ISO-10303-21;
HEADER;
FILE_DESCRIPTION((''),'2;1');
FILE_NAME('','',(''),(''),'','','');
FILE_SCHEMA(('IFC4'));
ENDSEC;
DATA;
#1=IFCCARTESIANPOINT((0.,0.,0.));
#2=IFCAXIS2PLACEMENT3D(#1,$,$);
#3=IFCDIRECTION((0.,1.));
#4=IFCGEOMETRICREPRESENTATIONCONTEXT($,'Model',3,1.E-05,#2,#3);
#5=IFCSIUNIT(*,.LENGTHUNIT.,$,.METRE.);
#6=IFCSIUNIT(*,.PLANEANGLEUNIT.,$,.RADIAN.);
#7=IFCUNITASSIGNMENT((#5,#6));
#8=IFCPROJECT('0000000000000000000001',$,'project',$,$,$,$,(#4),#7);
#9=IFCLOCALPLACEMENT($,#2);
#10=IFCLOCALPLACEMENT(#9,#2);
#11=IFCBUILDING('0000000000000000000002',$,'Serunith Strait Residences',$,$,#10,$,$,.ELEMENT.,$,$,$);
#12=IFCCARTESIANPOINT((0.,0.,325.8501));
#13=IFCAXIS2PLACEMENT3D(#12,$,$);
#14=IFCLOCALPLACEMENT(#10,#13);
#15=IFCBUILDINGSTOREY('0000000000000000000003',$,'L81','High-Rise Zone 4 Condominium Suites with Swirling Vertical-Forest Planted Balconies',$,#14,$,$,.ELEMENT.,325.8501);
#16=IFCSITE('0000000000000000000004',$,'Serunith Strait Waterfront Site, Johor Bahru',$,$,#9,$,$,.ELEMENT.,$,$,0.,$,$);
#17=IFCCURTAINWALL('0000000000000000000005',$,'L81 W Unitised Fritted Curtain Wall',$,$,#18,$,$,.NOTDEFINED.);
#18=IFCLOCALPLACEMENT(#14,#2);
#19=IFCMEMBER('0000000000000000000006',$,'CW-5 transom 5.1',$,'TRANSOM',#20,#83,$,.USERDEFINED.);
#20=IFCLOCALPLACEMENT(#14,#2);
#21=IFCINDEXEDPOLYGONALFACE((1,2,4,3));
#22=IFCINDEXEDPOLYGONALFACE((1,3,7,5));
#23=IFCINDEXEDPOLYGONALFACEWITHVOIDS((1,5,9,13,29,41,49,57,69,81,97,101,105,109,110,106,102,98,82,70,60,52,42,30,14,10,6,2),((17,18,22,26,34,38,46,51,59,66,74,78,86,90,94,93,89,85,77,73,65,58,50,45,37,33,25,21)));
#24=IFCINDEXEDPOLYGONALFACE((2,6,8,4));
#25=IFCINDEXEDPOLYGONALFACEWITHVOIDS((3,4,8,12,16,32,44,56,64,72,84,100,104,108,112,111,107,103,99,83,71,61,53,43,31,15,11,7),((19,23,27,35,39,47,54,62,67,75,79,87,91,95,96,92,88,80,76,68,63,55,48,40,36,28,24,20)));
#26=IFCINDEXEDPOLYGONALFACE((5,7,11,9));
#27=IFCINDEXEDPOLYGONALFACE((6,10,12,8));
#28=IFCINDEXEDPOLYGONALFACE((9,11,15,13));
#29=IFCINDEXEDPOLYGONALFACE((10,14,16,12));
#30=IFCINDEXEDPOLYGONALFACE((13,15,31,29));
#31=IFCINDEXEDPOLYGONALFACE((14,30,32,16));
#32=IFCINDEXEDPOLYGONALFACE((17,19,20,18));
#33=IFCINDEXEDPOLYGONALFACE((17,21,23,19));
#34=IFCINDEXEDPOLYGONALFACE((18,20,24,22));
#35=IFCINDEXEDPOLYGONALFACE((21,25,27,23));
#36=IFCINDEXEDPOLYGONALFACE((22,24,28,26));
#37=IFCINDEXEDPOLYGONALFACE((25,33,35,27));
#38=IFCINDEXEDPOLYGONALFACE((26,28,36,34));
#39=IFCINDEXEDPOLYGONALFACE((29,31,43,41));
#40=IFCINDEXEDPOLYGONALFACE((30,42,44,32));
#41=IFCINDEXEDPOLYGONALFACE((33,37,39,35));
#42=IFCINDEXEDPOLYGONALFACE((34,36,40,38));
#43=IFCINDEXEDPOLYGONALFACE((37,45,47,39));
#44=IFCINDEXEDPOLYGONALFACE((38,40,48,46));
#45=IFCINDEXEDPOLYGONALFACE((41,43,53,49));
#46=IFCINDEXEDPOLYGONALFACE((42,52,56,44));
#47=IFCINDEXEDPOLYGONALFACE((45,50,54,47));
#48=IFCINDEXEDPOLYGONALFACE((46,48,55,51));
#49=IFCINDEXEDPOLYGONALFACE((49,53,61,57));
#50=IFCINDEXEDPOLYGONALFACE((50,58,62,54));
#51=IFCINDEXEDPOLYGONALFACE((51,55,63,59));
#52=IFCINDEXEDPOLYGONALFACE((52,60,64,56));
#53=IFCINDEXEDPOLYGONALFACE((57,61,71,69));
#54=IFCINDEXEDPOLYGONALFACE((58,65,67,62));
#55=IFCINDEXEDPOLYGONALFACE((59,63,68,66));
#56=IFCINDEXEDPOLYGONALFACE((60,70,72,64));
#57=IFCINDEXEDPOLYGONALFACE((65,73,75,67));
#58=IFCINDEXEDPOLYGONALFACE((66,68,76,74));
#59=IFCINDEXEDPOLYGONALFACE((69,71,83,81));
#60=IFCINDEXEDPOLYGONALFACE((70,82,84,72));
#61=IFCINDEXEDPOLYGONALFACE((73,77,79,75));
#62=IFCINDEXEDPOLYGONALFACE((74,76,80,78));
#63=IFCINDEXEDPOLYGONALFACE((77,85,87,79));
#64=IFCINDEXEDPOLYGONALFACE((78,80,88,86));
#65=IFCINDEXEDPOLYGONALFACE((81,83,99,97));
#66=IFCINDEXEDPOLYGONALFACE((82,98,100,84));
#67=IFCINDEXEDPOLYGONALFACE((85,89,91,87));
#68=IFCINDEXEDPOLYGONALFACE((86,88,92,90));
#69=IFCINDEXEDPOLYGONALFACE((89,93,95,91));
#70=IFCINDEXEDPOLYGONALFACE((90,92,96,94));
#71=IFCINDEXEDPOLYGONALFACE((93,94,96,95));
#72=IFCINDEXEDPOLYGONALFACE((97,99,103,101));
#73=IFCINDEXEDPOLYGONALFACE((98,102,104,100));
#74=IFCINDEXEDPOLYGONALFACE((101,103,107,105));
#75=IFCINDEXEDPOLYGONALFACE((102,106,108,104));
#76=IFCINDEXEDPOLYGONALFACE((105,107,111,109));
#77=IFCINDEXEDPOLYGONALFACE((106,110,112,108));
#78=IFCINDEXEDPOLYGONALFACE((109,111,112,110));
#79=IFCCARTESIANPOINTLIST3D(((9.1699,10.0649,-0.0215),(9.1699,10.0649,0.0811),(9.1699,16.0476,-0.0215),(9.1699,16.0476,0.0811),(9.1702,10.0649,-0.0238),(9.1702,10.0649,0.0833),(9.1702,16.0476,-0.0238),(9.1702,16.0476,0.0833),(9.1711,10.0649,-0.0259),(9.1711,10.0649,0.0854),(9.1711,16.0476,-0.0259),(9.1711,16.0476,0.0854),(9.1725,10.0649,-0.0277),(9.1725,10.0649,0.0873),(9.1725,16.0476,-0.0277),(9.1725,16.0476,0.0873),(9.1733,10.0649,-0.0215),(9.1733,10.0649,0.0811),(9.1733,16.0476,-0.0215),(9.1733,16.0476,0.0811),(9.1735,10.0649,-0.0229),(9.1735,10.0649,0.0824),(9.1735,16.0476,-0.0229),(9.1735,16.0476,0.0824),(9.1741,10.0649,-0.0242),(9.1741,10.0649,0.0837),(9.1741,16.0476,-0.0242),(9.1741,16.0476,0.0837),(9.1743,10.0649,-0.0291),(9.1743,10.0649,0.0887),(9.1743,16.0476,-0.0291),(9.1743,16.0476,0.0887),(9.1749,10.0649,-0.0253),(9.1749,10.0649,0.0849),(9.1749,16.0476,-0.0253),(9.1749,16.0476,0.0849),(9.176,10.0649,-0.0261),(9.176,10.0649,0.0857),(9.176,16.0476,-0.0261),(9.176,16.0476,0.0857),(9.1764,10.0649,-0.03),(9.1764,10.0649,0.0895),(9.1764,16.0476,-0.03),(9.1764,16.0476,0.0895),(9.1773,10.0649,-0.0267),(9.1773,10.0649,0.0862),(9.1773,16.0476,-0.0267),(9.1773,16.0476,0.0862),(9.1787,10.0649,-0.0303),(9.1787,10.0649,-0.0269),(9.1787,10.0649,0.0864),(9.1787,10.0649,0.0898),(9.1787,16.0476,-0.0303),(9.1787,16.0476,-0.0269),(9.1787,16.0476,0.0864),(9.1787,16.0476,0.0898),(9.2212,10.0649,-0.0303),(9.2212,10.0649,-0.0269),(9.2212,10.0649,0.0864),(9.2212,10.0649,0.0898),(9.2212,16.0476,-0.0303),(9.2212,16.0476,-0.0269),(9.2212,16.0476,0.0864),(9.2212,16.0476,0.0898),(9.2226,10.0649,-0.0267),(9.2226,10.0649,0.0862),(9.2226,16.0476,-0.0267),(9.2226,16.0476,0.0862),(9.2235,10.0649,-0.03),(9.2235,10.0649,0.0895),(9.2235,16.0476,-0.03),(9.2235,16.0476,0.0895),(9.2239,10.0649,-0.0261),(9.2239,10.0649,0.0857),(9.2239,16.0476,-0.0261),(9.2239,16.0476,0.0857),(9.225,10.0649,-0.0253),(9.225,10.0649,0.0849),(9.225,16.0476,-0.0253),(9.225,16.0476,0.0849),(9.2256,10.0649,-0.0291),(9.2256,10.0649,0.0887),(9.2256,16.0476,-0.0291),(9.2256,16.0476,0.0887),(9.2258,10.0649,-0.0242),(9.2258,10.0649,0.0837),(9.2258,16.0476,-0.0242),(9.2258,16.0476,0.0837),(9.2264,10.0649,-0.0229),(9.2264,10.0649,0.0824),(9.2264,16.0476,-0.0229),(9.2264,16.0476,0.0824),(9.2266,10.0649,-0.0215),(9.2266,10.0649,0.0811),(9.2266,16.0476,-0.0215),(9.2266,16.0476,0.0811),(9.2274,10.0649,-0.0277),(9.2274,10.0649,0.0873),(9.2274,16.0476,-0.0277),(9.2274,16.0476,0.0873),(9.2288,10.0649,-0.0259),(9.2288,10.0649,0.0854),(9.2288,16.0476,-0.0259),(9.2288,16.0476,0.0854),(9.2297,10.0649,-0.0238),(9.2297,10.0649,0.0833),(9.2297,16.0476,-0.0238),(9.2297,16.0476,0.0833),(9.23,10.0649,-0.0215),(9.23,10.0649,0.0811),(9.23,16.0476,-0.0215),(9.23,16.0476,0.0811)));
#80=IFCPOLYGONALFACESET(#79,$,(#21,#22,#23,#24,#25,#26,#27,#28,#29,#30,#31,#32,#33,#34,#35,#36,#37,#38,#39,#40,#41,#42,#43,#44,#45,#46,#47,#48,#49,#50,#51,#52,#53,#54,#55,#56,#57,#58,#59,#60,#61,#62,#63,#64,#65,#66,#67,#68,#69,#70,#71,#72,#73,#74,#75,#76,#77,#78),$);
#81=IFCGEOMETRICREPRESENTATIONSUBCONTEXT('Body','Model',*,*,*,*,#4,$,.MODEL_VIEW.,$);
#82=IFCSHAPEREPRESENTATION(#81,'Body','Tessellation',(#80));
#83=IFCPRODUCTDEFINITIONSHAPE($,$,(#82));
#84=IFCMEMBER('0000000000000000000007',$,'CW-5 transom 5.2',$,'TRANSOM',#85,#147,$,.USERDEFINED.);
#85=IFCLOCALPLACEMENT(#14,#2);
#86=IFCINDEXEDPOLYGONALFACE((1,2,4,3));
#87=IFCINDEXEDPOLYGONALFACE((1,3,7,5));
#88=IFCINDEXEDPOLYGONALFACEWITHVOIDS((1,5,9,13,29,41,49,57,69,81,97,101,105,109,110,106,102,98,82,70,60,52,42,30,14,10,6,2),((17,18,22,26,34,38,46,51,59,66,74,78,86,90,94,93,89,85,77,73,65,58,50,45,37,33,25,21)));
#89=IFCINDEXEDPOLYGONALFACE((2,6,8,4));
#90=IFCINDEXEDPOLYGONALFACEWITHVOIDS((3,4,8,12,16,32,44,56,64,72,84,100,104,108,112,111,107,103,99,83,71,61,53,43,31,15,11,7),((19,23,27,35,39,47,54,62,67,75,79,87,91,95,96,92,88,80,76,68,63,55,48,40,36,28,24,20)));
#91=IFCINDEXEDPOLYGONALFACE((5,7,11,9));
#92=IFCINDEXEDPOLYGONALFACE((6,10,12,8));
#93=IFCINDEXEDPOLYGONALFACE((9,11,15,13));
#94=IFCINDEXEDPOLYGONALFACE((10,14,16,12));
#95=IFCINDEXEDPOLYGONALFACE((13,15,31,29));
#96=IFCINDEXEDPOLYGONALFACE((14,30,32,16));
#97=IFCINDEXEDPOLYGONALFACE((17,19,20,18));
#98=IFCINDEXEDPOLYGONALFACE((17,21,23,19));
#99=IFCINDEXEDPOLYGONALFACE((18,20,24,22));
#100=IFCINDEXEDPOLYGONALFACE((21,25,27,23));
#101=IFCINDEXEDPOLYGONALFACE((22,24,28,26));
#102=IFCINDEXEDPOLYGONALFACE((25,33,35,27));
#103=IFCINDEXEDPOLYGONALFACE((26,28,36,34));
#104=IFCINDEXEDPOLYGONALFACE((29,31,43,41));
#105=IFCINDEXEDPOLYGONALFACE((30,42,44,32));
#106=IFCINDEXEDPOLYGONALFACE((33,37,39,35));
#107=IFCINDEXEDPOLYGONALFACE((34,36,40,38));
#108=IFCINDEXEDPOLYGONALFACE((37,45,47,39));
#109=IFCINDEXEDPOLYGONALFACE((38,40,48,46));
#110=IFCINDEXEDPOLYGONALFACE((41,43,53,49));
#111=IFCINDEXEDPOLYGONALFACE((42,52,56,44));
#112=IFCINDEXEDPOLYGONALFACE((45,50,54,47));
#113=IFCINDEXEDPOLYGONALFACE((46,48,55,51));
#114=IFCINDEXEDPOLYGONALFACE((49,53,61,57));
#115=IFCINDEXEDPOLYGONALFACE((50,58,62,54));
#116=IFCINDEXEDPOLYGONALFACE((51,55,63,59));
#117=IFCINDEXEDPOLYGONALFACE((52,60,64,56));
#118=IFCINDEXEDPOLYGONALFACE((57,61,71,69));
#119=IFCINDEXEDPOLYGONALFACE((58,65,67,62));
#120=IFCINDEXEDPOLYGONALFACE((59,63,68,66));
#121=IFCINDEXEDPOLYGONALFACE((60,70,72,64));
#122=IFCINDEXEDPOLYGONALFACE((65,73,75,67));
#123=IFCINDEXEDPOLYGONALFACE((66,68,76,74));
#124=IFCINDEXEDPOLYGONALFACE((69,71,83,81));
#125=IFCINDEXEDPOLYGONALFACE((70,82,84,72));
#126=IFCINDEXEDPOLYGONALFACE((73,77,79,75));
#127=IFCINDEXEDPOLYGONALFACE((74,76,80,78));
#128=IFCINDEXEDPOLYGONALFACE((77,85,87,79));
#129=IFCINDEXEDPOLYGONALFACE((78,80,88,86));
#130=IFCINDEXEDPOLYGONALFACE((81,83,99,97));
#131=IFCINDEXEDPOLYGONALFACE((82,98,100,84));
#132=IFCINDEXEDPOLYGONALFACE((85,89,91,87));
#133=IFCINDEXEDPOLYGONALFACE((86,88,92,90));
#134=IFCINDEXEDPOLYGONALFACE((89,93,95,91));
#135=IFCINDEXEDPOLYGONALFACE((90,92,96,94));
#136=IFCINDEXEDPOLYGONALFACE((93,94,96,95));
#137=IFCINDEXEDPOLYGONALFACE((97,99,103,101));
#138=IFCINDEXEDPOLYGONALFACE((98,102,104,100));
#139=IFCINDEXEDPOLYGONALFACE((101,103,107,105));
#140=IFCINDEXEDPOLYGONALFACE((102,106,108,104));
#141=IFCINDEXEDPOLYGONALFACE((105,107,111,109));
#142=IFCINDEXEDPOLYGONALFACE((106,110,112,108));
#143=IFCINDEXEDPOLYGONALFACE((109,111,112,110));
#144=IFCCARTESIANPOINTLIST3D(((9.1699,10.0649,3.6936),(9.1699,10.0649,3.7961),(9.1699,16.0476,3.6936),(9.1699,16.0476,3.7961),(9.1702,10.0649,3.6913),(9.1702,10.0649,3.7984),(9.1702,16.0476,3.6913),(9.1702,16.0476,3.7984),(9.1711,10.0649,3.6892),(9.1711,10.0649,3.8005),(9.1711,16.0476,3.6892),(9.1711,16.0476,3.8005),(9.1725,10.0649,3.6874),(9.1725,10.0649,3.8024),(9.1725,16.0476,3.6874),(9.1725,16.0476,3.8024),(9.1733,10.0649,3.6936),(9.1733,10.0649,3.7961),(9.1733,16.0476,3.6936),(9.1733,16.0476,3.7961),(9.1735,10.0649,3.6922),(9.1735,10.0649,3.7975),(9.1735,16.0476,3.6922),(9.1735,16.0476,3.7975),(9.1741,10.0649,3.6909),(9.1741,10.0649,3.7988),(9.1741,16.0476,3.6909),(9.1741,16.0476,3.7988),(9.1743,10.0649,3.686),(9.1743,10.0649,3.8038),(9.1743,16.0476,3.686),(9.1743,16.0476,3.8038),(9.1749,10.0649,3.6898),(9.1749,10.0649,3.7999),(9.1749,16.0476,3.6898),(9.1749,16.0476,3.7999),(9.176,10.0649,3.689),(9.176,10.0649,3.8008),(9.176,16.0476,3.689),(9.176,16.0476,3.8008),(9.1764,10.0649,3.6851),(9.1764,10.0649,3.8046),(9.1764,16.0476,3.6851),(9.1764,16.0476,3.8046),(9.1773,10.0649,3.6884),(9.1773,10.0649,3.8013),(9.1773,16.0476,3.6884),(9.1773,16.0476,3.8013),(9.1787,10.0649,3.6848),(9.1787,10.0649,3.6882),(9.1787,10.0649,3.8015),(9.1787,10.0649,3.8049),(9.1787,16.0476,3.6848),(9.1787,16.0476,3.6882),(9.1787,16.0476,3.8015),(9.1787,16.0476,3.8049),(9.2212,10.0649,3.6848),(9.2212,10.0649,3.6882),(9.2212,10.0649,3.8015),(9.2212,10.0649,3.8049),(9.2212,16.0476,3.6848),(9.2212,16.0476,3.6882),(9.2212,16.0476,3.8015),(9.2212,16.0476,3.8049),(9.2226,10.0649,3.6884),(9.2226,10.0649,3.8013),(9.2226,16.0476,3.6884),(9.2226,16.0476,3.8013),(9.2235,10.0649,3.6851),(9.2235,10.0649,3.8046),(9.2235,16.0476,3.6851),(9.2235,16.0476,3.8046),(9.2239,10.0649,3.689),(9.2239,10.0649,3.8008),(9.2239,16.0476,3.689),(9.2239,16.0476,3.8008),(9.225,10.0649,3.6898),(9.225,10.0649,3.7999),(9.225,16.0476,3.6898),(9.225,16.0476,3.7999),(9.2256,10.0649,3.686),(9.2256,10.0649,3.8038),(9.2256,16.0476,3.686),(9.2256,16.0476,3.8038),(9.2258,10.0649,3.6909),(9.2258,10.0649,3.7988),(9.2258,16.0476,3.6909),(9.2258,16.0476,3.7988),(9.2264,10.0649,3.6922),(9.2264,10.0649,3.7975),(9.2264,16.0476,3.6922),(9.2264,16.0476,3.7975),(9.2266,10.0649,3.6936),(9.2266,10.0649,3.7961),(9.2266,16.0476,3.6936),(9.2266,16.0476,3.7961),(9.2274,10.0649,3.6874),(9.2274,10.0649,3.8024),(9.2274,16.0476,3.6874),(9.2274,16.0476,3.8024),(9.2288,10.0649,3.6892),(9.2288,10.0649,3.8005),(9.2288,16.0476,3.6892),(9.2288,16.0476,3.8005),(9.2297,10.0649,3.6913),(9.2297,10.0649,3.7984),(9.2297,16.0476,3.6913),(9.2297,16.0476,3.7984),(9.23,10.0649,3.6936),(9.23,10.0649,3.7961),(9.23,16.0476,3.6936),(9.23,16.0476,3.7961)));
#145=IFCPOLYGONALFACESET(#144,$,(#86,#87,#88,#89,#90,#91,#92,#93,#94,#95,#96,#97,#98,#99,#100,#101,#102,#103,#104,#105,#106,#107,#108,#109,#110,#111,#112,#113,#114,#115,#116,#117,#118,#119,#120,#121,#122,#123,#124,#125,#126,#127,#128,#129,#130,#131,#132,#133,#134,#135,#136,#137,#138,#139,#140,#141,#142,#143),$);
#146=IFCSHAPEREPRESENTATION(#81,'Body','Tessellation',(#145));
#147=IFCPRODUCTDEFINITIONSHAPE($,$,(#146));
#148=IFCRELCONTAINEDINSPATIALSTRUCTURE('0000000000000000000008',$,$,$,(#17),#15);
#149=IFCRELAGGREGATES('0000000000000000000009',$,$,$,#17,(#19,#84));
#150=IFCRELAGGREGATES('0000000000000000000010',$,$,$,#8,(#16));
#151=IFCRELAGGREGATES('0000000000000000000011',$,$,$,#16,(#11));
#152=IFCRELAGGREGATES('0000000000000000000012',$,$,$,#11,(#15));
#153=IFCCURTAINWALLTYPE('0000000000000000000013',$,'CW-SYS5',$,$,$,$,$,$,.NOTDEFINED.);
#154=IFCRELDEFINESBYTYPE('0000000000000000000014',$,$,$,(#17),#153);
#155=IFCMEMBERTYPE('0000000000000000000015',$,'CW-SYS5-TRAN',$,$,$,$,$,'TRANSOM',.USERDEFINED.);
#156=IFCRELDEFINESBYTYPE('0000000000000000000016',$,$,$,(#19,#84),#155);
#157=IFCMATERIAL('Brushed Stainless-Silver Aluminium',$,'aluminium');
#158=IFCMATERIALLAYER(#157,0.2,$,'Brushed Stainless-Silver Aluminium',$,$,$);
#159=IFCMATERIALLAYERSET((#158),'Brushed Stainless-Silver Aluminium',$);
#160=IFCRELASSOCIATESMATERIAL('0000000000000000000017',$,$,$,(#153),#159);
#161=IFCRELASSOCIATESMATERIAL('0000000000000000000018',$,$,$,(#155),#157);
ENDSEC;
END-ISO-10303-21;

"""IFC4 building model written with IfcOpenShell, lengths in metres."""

from ifc_helpers import new_model, si_unit, direction, frame, origin, origin_2d, place, context, subcontext, project, spatial, hollow_rectangle, extrude, source, transform, mapped, material, layer, layer_set, material_profile, profile_set, type_object, element, aggregate, save


model = new_model("IFC4")

# Units and contexts
model_context = context("Model", 3, precision=1e-05, world=origin(), true_north=direction((0.0, 1.0)))
body_context = subcontext(model_context, "Body", "Model", "MODEL_VIEW")
ifc_project = project(units=[si_unit("LENGTHUNIT", "METRE"), si_unit("PLANEANGLEUNIT", "RADIAN")], contexts=[model_context])

# Site, building, storey
site_placement = place(None, origin())
site = spatial("IfcSite", under=ifc_project, at=site_placement, Name="Serunith Strait Waterfront Site, Johor Bahru", CompositionType="ELEMENT", RefElevation=0.0)
building_placement = place(site_placement, origin())
building = spatial("IfcBuilding", under=site, at=building_placement, Name="Serunith Strait Residences", CompositionType="ELEMENT")
storey_placement = place(building_placement, frame((0.0, 0.0, 325.8501)))
storey = spatial("IfcBuildingStorey", under=building, at=storey_placement, Name="L81", Description="High-Rise Zone 4 Condominium Suites with Swirling Vertical-Forest Planted Balconies", CompositionType="ELEMENT", Elevation=325.8501)

# Curtain wall, members
ifc_material_1 = material(Name="Brushed Stainless-Silver Aluminium", Category="aluminium")
ifc_layer_1 = layer(ifc_material_1, 0.2, Name="Brushed Stainless-Silver Aluminium")
ifc_layer_set_1 = layer_set([ifc_layer_1], Name="Brushed Stainless-Silver Aluminium")
curtain_wall_type = type_object("IfcCurtainWallType", Name="CW-SYS5", PredefinedType="NOTDEFINED", material=ifc_layer_set_1)
curtain_wall_placement = place(storey_placement, origin())
curtain_wall = element("IfcCurtainWall", 1, at=curtain_wall_placement, inside=storey, type_object=curtain_wall_type, Name="L81 W Unitised Fritted Curtain Wall", PredefinedType="NOTDEFINED")
ifc_material_profile_1 = material_profile(ifc_material_1, hollow_rectangle(XDim=0.0601, YDim=0.1201, WallThickness=0.0034, InnerFilletRadius=0.0054, OuterFilletRadius=0.0088, at=origin_2d()), Name="ALU 120x60x3.5")
ifc_profile_set_1 = profile_set([ifc_material_profile_1], Name="Brushed Stainless-Silver Aluminium")
member_type_1 = type_object("IfcMemberType", Name="CW-SYS5-TRAN", ElementType="TRANSOM", PredefinedType="USERDEFINED", material=ifc_profile_set_1)
shared_shape_1 = source(origin(), body_context, "Body", "SweptSolid", [
    extrude(hollow_rectangle(XDim=0.0601, YDim=0.1201, WallThickness=0.0034, InnerFilletRadius=0.0054, OuterFilletRadius=0.0088, at=origin_2d()), origin(), (0.0, 0.0, 1.0), 5.9827),
])
member_1_placement = place(storey_placement, frame((9.2, 16.0476, 0.0298), z_axis=(0.0, -1.0, 0.0), x_axis=(1.0, 0.0, 0.0)))
member_1 = element("IfcMember", 2, at=member_1_placement, type_object=member_type_1, Name="CW-5 transom 5.1", ObjectType="TRANSOM", PredefinedType="USERDEFINED", context=body_context, shape_type="MappedRepresentation", body=[
    mapped(shared_shape_1, transform((0.0, 0.0, 0.0), scale=1.0)),
])
member_2_placement = place(storey_placement, frame((9.2, 16.0476, 3.7449), z_axis=(0.0, -1.0, 0.0), x_axis=(1.0, 0.0, 0.0)))
member_2 = element("IfcMember", 3, at=member_2_placement, type_object=member_type_1, Name="CW-5 transom 5.2", ObjectType="TRANSOM", PredefinedType="USERDEFINED", context=body_context, shape_type="MappedRepresentation", body=[
    mapped(shared_shape_1, transform((0.0, 0.0, 0.0), scale=1.0)),
])
aggregate(curtain_wall, [member_1, member_2])

save(model, "model.ifc")
